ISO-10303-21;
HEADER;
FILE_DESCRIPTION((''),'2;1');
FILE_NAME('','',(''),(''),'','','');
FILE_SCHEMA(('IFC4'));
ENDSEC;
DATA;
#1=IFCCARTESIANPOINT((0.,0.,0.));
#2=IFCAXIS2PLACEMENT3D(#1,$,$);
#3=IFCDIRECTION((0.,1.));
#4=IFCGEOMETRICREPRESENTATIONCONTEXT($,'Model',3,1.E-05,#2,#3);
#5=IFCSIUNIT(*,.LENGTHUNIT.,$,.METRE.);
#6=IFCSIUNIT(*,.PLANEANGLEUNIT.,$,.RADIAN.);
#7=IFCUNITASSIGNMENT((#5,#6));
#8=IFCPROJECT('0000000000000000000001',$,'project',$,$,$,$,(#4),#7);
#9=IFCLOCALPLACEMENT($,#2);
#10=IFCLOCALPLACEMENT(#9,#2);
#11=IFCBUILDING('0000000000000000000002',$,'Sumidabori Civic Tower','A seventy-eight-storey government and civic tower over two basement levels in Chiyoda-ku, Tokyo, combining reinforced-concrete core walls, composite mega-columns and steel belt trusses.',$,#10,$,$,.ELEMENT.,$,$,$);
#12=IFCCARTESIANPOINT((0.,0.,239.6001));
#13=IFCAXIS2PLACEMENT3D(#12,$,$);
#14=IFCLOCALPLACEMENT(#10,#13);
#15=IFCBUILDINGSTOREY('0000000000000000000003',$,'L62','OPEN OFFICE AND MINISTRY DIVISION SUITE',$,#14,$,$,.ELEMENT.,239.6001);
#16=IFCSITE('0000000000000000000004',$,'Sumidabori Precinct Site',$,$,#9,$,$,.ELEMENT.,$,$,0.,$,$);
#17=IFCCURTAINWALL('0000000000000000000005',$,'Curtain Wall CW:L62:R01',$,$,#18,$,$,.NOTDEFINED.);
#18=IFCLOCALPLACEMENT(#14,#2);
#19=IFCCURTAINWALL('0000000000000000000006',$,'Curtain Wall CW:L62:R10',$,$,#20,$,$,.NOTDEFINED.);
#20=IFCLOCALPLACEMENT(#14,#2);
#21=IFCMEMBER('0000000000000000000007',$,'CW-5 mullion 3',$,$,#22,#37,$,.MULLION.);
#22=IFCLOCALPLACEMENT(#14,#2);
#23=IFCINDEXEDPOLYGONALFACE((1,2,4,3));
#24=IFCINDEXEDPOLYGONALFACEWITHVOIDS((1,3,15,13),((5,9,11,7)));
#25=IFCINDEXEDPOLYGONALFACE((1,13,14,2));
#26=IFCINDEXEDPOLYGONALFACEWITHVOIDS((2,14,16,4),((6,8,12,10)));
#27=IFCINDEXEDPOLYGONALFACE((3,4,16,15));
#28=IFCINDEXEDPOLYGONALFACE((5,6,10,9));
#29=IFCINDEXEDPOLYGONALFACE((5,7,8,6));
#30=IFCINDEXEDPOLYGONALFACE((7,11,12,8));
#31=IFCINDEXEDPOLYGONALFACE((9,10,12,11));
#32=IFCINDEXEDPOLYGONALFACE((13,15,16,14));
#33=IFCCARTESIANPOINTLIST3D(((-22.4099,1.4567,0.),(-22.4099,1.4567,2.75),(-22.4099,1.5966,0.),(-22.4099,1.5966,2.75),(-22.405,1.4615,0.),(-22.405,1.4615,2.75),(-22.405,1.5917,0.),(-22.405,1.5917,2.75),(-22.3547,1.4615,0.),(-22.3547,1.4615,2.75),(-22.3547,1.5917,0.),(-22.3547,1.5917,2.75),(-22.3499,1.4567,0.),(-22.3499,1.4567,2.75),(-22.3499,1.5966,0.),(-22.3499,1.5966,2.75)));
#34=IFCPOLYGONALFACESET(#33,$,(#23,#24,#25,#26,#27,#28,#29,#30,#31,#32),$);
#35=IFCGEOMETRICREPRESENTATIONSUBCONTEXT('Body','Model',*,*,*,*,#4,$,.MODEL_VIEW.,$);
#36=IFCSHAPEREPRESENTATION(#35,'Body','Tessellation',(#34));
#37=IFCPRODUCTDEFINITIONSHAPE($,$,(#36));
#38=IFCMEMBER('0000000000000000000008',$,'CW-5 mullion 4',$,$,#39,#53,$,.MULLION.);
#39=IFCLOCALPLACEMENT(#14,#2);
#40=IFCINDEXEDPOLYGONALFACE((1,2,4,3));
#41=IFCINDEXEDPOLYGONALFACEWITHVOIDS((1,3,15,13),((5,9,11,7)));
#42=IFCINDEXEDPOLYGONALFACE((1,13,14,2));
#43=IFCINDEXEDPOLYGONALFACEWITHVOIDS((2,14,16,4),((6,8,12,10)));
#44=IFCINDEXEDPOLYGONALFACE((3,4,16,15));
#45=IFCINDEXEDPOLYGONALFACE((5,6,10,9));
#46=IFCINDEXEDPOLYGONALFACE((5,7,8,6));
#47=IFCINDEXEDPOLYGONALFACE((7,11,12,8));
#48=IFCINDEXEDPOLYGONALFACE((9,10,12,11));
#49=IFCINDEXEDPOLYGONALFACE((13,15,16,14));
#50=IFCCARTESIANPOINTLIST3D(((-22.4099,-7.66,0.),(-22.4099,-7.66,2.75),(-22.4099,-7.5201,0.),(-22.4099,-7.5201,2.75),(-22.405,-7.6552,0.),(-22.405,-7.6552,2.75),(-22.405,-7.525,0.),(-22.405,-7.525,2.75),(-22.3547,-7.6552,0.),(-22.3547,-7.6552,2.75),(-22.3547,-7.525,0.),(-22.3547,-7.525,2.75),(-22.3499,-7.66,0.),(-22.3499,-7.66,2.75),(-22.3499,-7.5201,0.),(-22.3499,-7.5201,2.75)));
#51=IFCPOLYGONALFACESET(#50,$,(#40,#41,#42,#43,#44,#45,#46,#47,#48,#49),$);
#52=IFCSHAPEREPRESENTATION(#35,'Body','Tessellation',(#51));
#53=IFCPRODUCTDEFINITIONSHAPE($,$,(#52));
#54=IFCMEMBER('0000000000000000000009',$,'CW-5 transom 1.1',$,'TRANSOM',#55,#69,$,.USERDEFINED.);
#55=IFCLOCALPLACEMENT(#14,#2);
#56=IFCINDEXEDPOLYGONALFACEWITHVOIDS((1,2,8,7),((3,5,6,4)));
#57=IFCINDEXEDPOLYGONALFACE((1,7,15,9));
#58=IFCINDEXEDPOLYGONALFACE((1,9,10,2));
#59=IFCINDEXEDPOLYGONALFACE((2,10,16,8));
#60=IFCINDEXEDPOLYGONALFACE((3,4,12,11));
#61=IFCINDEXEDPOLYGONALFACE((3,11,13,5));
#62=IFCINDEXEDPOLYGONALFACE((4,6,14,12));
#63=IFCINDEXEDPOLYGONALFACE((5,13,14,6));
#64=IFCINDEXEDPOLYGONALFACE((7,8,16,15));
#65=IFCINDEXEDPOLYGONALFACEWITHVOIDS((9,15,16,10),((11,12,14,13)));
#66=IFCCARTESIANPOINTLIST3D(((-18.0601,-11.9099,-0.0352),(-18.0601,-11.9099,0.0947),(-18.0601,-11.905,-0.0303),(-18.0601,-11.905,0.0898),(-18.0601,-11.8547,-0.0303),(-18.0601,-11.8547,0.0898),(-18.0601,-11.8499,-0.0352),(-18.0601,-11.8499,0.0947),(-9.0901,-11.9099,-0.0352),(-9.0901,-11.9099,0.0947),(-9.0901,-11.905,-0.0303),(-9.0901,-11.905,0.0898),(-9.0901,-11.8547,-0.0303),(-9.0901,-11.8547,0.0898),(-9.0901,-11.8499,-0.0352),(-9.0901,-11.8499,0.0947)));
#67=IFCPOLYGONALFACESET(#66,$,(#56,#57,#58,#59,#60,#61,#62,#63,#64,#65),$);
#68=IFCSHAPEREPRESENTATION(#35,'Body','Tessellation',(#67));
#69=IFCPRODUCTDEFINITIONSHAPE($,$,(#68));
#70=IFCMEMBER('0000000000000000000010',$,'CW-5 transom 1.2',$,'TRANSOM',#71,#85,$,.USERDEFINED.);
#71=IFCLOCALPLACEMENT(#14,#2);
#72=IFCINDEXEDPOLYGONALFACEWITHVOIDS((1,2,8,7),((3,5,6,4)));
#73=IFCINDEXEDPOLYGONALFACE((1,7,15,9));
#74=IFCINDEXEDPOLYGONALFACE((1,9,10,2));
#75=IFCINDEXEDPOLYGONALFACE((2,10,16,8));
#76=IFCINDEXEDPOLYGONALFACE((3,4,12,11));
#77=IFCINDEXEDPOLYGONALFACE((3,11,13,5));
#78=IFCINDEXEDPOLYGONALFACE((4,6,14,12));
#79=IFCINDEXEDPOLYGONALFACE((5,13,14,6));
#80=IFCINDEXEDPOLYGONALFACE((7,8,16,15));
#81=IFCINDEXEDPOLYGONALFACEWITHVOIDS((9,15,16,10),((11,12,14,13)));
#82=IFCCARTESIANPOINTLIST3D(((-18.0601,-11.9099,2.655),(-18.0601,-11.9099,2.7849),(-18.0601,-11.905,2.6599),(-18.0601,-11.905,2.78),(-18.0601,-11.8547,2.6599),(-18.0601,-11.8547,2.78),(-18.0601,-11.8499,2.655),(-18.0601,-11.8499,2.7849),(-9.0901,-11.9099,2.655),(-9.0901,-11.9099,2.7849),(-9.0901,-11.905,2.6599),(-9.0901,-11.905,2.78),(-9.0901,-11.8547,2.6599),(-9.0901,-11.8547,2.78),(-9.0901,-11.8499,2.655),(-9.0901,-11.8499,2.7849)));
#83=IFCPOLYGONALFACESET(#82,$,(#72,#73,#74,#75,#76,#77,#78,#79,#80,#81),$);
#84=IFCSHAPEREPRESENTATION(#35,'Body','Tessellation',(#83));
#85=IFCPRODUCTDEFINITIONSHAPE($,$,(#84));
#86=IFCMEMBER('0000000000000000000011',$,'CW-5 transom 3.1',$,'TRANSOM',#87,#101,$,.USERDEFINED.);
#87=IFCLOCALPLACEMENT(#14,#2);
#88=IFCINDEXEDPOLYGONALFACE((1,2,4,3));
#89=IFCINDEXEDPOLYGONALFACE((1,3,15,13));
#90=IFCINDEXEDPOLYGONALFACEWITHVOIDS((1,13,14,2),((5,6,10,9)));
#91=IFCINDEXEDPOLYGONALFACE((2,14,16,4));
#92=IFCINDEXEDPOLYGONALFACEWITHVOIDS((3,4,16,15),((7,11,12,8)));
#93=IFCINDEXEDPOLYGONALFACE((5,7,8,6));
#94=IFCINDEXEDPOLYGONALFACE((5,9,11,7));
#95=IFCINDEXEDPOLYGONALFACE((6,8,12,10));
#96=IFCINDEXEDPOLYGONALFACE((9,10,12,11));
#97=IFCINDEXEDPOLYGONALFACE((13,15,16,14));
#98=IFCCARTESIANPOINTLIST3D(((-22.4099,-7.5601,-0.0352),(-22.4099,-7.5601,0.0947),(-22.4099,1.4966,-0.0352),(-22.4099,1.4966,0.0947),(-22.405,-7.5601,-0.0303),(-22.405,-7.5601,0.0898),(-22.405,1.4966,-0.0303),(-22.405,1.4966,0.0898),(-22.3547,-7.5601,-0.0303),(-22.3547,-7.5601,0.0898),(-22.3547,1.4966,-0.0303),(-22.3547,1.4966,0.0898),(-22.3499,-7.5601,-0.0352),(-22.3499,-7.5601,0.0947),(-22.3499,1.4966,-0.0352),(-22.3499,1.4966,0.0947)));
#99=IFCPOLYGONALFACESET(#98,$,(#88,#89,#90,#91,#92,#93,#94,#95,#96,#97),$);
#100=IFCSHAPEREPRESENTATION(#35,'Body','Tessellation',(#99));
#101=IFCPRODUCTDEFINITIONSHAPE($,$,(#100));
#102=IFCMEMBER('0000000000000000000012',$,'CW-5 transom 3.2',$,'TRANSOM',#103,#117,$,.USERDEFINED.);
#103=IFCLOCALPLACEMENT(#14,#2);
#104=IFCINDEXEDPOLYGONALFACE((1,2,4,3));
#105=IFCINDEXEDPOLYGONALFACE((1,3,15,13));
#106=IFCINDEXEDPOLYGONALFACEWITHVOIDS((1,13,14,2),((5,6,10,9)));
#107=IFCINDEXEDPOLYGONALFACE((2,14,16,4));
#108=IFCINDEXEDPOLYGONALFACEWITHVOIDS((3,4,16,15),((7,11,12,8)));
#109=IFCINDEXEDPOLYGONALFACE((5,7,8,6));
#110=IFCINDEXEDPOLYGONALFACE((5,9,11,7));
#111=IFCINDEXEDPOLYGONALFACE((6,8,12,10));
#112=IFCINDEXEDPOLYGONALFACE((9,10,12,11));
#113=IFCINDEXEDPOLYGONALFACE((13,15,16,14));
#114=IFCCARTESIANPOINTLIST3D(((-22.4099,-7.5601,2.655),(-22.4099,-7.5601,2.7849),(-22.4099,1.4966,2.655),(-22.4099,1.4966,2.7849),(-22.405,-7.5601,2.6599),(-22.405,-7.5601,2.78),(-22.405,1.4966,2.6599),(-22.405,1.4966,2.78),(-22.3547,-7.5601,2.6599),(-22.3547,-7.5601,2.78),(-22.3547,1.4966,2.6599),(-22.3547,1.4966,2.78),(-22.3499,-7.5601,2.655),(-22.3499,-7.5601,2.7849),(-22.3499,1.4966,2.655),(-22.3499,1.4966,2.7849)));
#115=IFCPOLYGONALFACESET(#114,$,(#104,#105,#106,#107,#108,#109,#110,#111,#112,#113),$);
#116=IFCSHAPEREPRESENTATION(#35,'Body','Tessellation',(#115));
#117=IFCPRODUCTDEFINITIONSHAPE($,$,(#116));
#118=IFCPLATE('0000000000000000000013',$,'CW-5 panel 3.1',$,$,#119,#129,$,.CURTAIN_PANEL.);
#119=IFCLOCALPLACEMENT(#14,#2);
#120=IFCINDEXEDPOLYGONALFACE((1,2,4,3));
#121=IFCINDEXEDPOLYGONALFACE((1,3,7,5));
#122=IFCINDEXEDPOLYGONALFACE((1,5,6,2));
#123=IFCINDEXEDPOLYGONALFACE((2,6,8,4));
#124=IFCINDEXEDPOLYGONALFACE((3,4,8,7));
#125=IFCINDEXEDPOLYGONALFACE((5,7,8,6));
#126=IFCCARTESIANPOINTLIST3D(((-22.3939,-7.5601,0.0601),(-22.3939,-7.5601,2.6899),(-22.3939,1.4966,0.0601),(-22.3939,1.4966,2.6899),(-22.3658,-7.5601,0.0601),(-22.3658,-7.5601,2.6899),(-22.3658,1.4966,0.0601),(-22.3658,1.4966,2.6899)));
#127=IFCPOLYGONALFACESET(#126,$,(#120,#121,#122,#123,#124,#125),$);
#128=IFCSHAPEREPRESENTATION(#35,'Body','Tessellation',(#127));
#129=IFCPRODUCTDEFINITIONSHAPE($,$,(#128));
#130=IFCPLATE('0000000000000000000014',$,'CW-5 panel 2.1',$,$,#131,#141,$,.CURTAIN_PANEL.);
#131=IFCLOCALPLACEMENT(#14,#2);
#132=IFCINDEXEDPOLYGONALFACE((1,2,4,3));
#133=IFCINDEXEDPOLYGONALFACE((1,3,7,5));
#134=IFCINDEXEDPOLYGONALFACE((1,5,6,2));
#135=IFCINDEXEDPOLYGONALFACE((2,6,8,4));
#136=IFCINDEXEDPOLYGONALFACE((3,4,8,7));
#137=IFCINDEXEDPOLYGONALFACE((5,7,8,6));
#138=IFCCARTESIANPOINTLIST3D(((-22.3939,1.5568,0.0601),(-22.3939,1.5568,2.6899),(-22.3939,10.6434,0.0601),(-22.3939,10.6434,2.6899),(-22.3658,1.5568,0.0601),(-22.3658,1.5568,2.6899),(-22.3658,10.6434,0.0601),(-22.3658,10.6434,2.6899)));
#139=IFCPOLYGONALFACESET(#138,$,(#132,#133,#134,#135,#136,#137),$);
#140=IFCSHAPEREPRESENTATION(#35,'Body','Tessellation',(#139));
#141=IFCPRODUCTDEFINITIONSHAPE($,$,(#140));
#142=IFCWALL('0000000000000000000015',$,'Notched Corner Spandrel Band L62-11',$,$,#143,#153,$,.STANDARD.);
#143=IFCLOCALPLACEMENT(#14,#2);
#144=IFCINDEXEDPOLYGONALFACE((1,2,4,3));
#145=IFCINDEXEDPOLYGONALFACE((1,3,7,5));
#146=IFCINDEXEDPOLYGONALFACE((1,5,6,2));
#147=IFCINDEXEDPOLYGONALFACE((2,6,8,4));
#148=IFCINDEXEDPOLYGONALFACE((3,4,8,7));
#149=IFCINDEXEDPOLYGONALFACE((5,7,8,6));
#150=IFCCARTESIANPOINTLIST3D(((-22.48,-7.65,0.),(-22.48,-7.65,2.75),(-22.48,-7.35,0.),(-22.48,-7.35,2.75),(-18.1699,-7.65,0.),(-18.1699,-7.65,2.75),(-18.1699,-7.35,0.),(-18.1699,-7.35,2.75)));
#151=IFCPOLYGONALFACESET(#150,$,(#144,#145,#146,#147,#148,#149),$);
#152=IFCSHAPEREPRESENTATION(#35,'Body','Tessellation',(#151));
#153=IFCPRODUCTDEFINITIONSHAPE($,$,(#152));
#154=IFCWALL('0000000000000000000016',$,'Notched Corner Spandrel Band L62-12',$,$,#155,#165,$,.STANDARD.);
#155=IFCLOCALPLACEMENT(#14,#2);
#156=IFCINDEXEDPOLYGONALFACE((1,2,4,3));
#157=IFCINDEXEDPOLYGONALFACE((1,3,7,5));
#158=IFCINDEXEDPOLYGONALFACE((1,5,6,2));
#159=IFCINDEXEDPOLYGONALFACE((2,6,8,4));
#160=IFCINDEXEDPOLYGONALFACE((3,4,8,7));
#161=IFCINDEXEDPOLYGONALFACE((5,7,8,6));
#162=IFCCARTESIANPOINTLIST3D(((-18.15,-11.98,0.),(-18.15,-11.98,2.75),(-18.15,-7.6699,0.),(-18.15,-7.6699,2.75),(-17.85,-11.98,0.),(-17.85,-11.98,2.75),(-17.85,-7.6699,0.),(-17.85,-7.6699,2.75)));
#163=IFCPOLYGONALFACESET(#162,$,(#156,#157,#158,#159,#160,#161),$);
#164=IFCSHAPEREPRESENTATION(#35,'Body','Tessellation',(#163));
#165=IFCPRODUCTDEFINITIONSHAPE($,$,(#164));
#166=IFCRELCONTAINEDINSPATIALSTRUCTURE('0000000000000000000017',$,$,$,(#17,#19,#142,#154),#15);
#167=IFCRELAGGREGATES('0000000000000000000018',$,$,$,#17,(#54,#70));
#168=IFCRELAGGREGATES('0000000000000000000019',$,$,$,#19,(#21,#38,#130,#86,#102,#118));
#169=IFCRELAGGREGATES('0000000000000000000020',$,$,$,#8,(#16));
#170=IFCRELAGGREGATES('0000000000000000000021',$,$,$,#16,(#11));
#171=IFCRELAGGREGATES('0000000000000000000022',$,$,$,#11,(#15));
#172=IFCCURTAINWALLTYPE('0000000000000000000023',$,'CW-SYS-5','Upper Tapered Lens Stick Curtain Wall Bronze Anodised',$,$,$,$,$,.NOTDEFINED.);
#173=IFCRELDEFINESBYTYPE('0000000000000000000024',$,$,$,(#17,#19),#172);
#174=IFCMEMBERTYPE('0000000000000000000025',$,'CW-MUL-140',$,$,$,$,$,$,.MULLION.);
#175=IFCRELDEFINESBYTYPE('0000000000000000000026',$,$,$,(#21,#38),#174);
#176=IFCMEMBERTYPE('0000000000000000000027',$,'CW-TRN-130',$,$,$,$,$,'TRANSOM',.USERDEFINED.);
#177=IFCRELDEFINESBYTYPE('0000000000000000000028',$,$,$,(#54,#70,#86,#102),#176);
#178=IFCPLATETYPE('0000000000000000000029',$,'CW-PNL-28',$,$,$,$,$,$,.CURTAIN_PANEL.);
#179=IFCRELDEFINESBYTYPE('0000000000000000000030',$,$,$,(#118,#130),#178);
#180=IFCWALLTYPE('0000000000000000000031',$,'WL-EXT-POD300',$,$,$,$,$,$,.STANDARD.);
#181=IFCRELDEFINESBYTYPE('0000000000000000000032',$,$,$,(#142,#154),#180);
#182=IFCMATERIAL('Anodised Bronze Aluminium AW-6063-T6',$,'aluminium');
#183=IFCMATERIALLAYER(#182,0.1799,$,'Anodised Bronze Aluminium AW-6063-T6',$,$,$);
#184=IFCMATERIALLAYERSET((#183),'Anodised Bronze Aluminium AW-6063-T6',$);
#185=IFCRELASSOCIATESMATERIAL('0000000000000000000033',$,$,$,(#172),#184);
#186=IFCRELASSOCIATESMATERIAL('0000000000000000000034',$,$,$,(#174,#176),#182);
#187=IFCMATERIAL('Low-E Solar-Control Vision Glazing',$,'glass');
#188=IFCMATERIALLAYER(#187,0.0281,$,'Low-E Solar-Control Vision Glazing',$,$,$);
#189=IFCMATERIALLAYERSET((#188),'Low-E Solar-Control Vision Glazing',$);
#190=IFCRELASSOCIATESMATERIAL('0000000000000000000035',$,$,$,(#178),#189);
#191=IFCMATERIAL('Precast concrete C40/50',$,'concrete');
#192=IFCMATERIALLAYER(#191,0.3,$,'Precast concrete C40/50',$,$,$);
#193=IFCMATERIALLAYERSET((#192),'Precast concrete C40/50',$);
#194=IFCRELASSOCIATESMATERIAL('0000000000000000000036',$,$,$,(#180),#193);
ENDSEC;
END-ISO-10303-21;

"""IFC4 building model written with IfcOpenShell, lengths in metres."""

from ifc_helpers import new_model, si_unit, direction, frame, frame_2d, origin, origin_2d, place, context, subcontext, project, spatial, rectangle, hollow_rectangle, extrude, source, transform, mapped, material, layer, layer_set, material_profile, profile_set, type_object, element, aggregate, save


model = new_model("IFC4")

# Units and contexts
model_context = context("Model", 3, precision=1e-05, world=origin(), true_north=direction((0.0, 1.0)))
body_context = subcontext(model_context, "Body", "Model", "MODEL_VIEW")
ifc_project = project(units=[si_unit("LENGTHUNIT", "METRE"), si_unit("PLANEANGLEUNIT", "RADIAN")], contexts=[model_context])

# Site, building, storey
site_placement = place(None, origin())
site = spatial("IfcSite", under=ifc_project, at=site_placement, Name="Sumidabori Precinct Site", CompositionType="ELEMENT", RefElevation=0.0)
building_placement = place(site_placement, origin())
building = spatial("IfcBuilding", under=site, at=building_placement, Name="Sumidabori Civic Tower", Description="A seventy-eight-storey government and civic tower over two basement levels in Chiyoda-ku, Tokyo, combining reinforced-concrete core walls, composite mega-columns and steel belt trusses.", CompositionType="ELEMENT")
storey_placement = place(building_placement, frame((0.0, 0.0, 239.6001)))
storey = spatial("IfcBuildingStorey", under=building, at=storey_placement, Name="L62", Description="OPEN OFFICE AND MINISTRY DIVISION SUITE", CompositionType="ELEMENT", Elevation=239.6001)

# Curtain wall
ifc_material_1 = material(Name="Anodised Bronze Aluminium AW-6063-T6", Category="aluminium")
ifc_layer_1 = layer(ifc_material_1, 0.1799, Name="Anodised Bronze Aluminium AW-6063-T6")
ifc_layer_set_1 = layer_set([ifc_layer_1], Name="Anodised Bronze Aluminium AW-6063-T6")
curtain_wall_type = type_object("IfcCurtainWallType", Name="CW-SYS-5", Description="Upper Tapered Lens Stick Curtain Wall Bronze Anodised", PredefinedType="NOTDEFINED", material=ifc_layer_set_1)
curtain_wall_1_placement = place(storey_placement, origin())
curtain_wall_1 = element("IfcCurtainWall", 1, at=curtain_wall_1_placement, inside=storey, type_object=curtain_wall_type, Name="Curtain Wall CW:L62:R01", PredefinedType="NOTDEFINED")
ifc_material_profile_1 = material_profile(ifc_material_1, hollow_rectangle(XDim=0.0601, YDim=0.1399, WallThickness=0.0049, at=origin_2d()), Name="ALU MULLION 140x60")
ifc_profile_set_1 = profile_set([ifc_material_profile_1], Name="Anodised Bronze Aluminium AW-6063-T6")
member_type_1 = type_object("IfcMemberType", Name="CW-MUL-140", PredefinedType="MULLION", material=ifc_profile_set_1)
shared_shape_1 = source(origin(), body_context, "Body", "SweptSolid", [
    extrude(hollow_rectangle(XDim=0.0601, YDim=0.1399, WallThickness=0.0049, at=origin_2d()), origin(), (0.0, 0.0, 1.0), 2.75),
])

# Curtain wall, members
curtain_wall_2_placement = place(storey_placement, origin())
curtain_wall_2 = element("IfcCurtainWall", 2, at=curtain_wall_2_placement, inside=storey, type_object=curtain_wall_type, Name="Curtain Wall CW:L62:R10", PredefinedType="NOTDEFINED")
member_1_placement = place(storey_placement, frame((-22.3799, 1.5266, 0.0), z_axis=(0.0, 0.0, 1.0), x_axis=(1.0, 0.0, 0.0)))
member_1 = element("IfcMember", 3, at=member_1_placement, type_object=member_type_1, Name="CW-5 mullion 3", PredefinedType="MULLION", context=body_context, shape_type="MappedRepresentation", body=[
    mapped(shared_shape_1, transform((0.0, 0.0, 0.0), x_axis=(1.0, 0.0, 0.0), y_axis=(0.0, 1.0, 0.0), z_axis=(0.0, 0.0, 1.0), scale=1.0)),
])
member_2_placement = place(storey_placement, frame((-22.3799, -7.5901, 0.0), z_axis=(0.0, 0.0, 1.0), x_axis=(1.0, 0.0, 0.0)))
member_2 = element("IfcMember", 4, at=member_2_placement, type_object=member_type_1, Name="CW-5 mullion 4", PredefinedType="MULLION", context=body_context, shape_type="MappedRepresentation", body=[
    mapped(shared_shape_1, transform((0.0, 0.0, 0.0), x_axis=(1.0, 0.0, 0.0), y_axis=(0.0, 1.0, 0.0), z_axis=(0.0, 0.0, 1.0), scale=1.0)),
])

# Members
ifc_material_profile_2 = material_profile(ifc_material_1, hollow_rectangle(XDim=0.0601, YDim=0.1299, WallThickness=0.0049, at=origin_2d()), Name="ALU TRANSOM 130x60")
ifc_profile_set_2 = profile_set([ifc_material_profile_2], Name="Anodised Bronze Aluminium AW-6063-T6")
member_type_2 = type_object("IfcMemberType", Name="CW-TRN-130", ElementType="TRANSOM", PredefinedType="USERDEFINED", material=ifc_profile_set_2)
shared_shape_2 = source(origin(), body_context, "Body", "SweptSolid", [
    extrude(hollow_rectangle(XDim=0.0601, YDim=0.1299, WallThickness=0.0049, at=origin_2d()), origin(), (0.0, 0.0, 1.0), 8.97),
])
member_3_placement = place(storey_placement, frame((-18.0601, -11.8799, 0.0298), z_axis=(1.0, 0.0, 0.0), x_axis=(0.0, 1.0, 0.0)))
member_3 = element("IfcMember", 5, at=member_3_placement, type_object=member_type_2, Name="CW-5 transom 1.1", ObjectType="TRANSOM", PredefinedType="USERDEFINED", context=body_context, shape_type="MappedRepresentation", body=[
    mapped(shared_shape_2, transform((0.0, 0.0, 0.0), x_axis=(1.0, 0.0, 0.0), y_axis=(0.0, 1.0, 0.0), z_axis=(0.0, 0.0, 1.0), scale=1.0)),
])
member_4_placement = place(storey_placement, frame((-18.0601, -11.8799, 2.72), z_axis=(1.0, 0.0, 0.0), x_axis=(0.0, 1.0, 0.0)))
member_4 = element("IfcMember", 6, at=member_4_placement, type_object=member_type_2, Name="CW-5 transom 1.2", ObjectType="TRANSOM", PredefinedType="USERDEFINED", context=body_context, shape_type="MappedRepresentation", body=[
    mapped(shared_shape_2, transform((0.0, 0.0, 0.0), x_axis=(1.0, 0.0, 0.0), y_axis=(0.0, 1.0, 0.0), z_axis=(0.0, 0.0, 1.0), scale=1.0)),
])
aggregate(curtain_wall_1, [member_3, member_4])
shared_shape_3 = source(origin(), body_context, "Body", "SweptSolid", [
    extrude(hollow_rectangle(XDim=0.0601, YDim=0.1299, WallThickness=0.0049, at=origin_2d()), origin(), (0.0, 0.0, 1.0), 9.0566),
])
member_5_placement = place(storey_placement, frame((-22.3799, 1.4966, 0.0298), z_axis=(0.0, -1.0, 0.0), x_axis=(1.0, 0.0, 0.0)))
member_5 = element("IfcMember", 7, at=member_5_placement, type_object=member_type_2, Name="CW-5 transom 3.1", ObjectType="TRANSOM", PredefinedType="USERDEFINED", context=body_context, shape_type="MappedRepresentation", body=[
    mapped(shared_shape_3, transform((0.0, 0.0, 0.0), x_axis=(1.0, 0.0, 0.0), y_axis=(0.0, 1.0, 0.0), z_axis=(0.0, 0.0, 1.0), scale=1.0)),
])
member_6_placement = place(storey_placement, frame((-22.3799, 1.4966, 2.72), z_axis=(0.0, -1.0, 0.0), x_axis=(1.0, 0.0, 0.0)))
member_6 = element("IfcMember", 8, at=member_6_placement, type_object=member_type_2, Name="CW-5 transom 3.2", ObjectType="TRANSOM", PredefinedType="USERDEFINED", context=body_context, shape_type="MappedRepresentation", body=[
    mapped(shared_shape_3, transform((0.0, 0.0, 0.0), x_axis=(1.0, 0.0, 0.0), y_axis=(0.0, 1.0, 0.0), z_axis=(0.0, 0.0, 1.0), scale=1.0)),
])

# Plates
ifc_material_2 = material(Name="Low-E Solar-Control Vision Glazing", Category="glass")
ifc_layer_2 = layer(ifc_material_2, 0.0281, Name="Low-E Solar-Control Vision Glazing")
ifc_layer_set_2 = layer_set([ifc_layer_2], Name="Low-E Solar-Control Vision Glazing")
plate_type = type_object("IfcPlateType", Name="CW-PNL-28", PredefinedType="CURTAIN_PANEL", material=ifc_layer_set_2)
shared_shape_4 = source(origin(), body_context, "Body", "SweptSolid", [
    extrude(rectangle(XDim=9.0566, YDim=0.0281, at=origin_2d()), origin(), (0.0, 0.0, 1.0), 2.6299),
])
plate_1_placement = place(storey_placement, frame((-22.3799, -3.0317, 0.0601), z_axis=(0.0, 0.0, 1.0), x_axis=(0.0, -1.0, 0.0)))
plate_1 = element("IfcPlate", 9, at=plate_1_placement, type_object=plate_type, Name="CW-5 panel 3.1", PredefinedType="CURTAIN_PANEL", context=body_context, shape_type="MappedRepresentation", body=[
    mapped(shared_shape_4, transform((0.0, 0.0, 0.0), x_axis=(1.0, 0.0, 0.0), y_axis=(0.0, 1.0, 0.0), z_axis=(0.0, 0.0, 1.0), scale=1.0)),
])
shared_shape_5 = source(origin(), body_context, "Body", "SweptSolid", [
    extrude(rectangle(XDim=9.0867, YDim=0.0281, at=origin_2d()), origin(), (0.0, 0.0, 1.0), 2.6299),
])
plate_2_placement = place(storey_placement, frame((-22.3799, 6.1001, 0.0601), z_axis=(0.0, 0.0, 1.0), x_axis=(0.0, -1.0, 0.0)))
plate_2 = element("IfcPlate", 10, at=plate_2_placement, type_object=plate_type, Name="CW-5 panel 2.1", PredefinedType="CURTAIN_PANEL", context=body_context, shape_type="MappedRepresentation", body=[
    mapped(shared_shape_5, transform((0.0, 0.0, 0.0), x_axis=(1.0, 0.0, 0.0), y_axis=(0.0, 1.0, 0.0), z_axis=(0.0, 0.0, 1.0), scale=1.0)),
])
aggregate(curtain_wall_2, [member_1, member_2, plate_2, member_5, member_6, plate_1])

# Walls
ifc_material_3 = material(Name="Precast concrete C40/50", Category="concrete")
ifc_layer_3 = layer(ifc_material_3, 0.3, Name="Precast concrete C40/50")
ifc_layer_set_3 = layer_set([ifc_layer_3], Name="Precast concrete C40/50")
wall_type_1 = type_object("IfcWallType", Name="WL-EXT-POD300", PredefinedType="STANDARD", material=ifc_layer_set_3)
shared_shape_6 = source(origin(), body_context, "Body", "SweptSolid", [
    extrude(rectangle(XDim=4.3101, YDim=0.3, at=frame_2d((2.155, 0.0))), origin(), (0.0, 0.0, 1.0), 2.75),
])
for number, where, z_axis, x_axis, name in (
    (11, (-22.48, -7.5, 0.0), (0.0, 0.0, 1.0), (1.0, 0.0, 0.0), "Notched Corner Spandrel Band L62-11"),
    (12, (-18.0, -7.6699, 0.0), (0.0, 0.0, 1.0), (0.0, -1.0, 0.0), "Notched Corner Spandrel Band L62-12"),
):
    element("IfcWall", number, at=place(storey_placement, frame(where, z_axis=z_axis, x_axis=x_axis)), inside=storey, type_object=wall_type_1, Name=name, PredefinedType="STANDARD", context=body_context, shape_type="MappedRepresentation", body=[
        mapped(shared_shape_6, transform((0.0, 0.0, 0.0), x_axis=(1.0, 0.0, 0.0), y_axis=(0.0, 1.0, 0.0), z_axis=(0.0, 0.0, 1.0), scale=1.0)),
    ])

save(model, "model.ifc")
